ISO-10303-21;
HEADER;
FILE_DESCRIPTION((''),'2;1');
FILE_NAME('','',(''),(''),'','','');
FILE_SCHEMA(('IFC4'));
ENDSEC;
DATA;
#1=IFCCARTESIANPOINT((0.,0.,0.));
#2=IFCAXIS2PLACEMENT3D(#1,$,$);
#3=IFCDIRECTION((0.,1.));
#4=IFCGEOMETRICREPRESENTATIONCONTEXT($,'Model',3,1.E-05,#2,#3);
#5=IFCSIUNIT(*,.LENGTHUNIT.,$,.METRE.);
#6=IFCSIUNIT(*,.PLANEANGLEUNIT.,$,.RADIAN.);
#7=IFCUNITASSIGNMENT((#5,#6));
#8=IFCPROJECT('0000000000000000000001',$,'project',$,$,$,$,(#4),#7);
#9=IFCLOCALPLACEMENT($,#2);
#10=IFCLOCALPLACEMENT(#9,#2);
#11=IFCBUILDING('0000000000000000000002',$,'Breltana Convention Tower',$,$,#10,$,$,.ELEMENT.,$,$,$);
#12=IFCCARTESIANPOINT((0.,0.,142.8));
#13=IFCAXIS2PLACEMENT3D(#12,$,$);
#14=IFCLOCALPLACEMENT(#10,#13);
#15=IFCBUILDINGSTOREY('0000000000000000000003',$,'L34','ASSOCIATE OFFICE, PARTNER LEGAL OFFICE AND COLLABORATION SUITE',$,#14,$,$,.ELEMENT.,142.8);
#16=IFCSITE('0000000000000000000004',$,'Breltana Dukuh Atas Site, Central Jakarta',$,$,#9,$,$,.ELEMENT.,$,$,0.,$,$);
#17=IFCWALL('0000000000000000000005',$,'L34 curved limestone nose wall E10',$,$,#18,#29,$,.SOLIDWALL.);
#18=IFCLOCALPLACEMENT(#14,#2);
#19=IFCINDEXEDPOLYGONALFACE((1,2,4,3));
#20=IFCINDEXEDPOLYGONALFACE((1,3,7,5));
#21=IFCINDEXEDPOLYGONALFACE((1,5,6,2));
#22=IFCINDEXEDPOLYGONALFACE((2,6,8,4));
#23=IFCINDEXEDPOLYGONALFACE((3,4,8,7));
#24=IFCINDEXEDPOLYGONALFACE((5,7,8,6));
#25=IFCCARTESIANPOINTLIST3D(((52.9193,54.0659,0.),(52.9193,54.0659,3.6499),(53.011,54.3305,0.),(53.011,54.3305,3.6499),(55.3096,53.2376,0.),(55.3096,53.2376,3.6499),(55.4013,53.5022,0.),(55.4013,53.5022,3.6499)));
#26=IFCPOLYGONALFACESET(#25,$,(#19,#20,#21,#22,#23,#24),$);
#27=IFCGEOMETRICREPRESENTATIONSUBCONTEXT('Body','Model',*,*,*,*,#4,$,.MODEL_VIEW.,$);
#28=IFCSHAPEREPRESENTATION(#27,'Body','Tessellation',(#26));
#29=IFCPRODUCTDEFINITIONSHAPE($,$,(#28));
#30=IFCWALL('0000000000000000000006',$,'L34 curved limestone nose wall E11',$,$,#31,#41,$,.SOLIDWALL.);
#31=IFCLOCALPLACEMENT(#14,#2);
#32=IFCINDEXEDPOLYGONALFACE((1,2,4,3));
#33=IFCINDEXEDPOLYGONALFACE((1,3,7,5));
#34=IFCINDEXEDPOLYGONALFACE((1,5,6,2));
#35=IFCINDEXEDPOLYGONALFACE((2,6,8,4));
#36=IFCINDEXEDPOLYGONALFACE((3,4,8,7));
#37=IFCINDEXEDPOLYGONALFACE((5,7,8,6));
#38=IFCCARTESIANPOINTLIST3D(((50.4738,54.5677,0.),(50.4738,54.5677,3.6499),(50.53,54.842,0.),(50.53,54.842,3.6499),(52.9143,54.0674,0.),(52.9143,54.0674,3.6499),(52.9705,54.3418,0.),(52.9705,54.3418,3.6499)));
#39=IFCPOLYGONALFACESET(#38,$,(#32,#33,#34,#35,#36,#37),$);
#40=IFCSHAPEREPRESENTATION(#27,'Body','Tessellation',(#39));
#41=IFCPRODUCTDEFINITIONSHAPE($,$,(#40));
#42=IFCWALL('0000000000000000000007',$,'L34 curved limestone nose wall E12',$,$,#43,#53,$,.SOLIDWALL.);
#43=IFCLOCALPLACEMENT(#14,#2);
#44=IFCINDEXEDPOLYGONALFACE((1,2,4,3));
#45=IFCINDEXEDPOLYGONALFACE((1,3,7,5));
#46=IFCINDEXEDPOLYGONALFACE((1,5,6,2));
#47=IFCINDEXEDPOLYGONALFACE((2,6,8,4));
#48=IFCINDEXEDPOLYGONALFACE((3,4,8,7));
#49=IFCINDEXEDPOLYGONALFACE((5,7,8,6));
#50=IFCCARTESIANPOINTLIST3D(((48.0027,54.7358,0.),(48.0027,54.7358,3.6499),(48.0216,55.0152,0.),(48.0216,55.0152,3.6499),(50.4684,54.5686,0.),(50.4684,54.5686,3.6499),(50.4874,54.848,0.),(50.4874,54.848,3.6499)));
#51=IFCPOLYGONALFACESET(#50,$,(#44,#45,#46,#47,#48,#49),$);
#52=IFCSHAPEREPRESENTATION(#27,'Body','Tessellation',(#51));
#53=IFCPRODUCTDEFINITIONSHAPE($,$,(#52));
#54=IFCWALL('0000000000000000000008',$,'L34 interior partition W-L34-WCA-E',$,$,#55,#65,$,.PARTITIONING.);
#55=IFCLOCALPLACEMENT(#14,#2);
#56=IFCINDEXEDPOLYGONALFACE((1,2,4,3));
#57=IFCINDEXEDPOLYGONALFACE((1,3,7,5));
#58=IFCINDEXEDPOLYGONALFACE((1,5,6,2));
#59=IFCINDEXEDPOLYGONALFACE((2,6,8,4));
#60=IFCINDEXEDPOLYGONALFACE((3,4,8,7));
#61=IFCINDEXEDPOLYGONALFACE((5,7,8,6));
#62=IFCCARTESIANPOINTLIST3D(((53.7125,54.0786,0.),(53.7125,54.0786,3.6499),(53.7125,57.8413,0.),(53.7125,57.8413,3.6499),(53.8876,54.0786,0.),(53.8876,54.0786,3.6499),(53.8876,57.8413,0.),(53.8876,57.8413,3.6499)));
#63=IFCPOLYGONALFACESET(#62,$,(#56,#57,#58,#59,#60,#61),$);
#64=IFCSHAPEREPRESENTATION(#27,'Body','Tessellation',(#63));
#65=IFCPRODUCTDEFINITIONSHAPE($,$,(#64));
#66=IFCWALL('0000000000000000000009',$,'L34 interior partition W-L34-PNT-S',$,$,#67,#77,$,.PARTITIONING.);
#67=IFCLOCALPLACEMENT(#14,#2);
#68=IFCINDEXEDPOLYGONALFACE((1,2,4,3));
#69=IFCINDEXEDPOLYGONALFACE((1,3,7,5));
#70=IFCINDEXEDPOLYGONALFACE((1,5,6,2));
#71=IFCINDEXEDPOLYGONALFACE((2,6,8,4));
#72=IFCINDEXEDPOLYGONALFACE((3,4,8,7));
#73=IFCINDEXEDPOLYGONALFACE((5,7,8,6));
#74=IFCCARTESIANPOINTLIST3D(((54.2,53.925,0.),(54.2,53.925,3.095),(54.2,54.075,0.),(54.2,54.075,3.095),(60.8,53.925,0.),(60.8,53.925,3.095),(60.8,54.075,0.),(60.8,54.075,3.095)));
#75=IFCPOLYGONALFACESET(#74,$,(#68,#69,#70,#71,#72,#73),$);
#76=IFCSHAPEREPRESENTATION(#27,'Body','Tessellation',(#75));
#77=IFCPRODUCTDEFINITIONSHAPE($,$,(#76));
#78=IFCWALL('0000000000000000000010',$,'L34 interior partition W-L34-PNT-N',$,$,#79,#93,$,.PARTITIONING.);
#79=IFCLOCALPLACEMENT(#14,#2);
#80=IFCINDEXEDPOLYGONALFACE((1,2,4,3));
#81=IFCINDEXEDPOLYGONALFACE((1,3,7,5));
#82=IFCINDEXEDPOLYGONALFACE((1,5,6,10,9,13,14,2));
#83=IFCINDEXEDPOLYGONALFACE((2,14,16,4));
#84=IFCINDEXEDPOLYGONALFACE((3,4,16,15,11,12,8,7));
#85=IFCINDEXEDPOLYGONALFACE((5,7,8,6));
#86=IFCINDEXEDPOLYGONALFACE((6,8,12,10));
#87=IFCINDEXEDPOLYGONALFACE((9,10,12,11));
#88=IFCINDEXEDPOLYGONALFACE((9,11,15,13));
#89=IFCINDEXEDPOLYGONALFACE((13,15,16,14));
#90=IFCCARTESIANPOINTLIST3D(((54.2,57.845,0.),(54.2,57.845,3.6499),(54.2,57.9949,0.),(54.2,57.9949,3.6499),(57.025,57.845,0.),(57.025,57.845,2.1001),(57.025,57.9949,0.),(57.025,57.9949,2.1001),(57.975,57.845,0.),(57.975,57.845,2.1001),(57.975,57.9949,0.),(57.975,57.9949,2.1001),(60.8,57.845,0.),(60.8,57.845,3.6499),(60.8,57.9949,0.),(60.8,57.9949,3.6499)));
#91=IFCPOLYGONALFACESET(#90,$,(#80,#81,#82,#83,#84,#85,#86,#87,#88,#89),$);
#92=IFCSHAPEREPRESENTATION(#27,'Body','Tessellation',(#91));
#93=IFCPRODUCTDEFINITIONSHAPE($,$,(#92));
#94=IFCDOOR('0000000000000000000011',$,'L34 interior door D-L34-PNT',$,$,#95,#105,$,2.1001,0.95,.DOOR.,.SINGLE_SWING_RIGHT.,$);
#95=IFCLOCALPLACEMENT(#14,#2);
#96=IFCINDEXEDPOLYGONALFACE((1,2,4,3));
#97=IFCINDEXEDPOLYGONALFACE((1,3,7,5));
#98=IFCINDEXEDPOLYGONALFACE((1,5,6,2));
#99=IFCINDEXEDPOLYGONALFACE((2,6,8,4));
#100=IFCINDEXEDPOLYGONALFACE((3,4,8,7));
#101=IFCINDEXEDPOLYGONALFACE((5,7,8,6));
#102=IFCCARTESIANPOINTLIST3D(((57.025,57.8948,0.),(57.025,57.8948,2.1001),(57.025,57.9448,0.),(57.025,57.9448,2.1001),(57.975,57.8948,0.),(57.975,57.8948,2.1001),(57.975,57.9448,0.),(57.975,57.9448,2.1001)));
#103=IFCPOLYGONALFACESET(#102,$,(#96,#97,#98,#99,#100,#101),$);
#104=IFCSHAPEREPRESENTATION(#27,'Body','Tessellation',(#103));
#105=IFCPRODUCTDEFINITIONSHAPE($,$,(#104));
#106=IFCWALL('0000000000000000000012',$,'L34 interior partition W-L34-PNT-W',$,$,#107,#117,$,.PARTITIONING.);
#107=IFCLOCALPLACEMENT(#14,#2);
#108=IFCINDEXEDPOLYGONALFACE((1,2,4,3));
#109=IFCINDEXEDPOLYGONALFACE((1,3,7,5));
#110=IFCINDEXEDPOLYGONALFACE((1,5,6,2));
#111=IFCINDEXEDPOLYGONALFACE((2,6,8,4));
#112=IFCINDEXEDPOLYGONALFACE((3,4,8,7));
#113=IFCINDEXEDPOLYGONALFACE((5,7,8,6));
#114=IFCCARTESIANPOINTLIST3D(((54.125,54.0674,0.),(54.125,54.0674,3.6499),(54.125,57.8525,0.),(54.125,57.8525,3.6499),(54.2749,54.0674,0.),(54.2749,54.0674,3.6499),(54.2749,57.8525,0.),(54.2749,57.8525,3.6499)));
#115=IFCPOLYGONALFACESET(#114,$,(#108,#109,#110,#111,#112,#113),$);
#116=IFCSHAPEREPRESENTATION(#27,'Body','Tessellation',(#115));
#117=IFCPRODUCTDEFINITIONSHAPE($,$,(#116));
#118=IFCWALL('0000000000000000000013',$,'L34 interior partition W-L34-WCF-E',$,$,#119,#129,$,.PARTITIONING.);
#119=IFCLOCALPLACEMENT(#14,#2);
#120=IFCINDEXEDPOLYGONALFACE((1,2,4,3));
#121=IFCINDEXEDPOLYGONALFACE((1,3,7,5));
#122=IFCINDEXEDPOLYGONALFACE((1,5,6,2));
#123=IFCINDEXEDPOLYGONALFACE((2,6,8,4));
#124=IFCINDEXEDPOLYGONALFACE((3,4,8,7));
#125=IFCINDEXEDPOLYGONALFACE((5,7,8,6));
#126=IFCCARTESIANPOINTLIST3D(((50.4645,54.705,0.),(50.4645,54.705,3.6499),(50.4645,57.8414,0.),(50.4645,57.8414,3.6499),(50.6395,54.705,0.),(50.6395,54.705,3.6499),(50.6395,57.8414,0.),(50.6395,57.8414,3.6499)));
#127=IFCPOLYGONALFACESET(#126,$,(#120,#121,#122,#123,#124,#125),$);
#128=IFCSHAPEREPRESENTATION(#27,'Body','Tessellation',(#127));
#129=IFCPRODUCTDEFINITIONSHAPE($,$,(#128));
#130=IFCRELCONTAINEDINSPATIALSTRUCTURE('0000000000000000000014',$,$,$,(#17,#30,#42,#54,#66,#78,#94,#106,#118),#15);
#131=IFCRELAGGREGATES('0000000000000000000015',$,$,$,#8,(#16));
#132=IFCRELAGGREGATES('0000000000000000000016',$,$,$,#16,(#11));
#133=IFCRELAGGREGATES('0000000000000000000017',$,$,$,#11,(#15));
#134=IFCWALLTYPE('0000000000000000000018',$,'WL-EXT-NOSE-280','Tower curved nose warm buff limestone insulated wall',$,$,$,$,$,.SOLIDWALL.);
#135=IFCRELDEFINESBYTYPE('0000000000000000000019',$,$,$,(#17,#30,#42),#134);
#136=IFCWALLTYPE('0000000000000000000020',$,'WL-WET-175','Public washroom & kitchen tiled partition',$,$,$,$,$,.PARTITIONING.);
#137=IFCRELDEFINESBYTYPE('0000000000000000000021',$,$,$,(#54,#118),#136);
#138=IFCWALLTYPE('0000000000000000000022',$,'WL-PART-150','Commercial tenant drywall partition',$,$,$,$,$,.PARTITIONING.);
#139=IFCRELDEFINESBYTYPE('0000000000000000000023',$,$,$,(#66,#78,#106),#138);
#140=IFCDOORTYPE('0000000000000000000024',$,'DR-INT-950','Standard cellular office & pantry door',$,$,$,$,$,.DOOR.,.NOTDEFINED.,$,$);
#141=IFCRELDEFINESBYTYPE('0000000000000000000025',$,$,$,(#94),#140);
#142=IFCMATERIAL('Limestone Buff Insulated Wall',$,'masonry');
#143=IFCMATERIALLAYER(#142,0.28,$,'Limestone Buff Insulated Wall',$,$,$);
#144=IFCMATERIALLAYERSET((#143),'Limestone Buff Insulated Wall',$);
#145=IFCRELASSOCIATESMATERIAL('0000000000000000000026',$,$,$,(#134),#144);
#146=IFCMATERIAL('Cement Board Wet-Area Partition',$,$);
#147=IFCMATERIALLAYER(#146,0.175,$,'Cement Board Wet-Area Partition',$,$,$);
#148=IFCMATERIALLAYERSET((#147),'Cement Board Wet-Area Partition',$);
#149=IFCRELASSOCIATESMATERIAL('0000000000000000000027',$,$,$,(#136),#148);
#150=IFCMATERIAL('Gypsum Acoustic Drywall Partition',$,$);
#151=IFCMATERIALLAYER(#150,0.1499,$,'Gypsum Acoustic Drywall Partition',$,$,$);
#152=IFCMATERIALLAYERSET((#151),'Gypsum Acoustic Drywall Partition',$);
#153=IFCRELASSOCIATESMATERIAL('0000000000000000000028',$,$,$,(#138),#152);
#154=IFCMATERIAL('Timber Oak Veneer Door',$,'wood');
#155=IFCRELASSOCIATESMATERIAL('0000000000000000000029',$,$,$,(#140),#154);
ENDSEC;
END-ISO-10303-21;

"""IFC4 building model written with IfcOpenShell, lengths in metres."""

from ifc_helpers import new_model, si_unit, direction, frame, frame_2d, origin, place, context, subcontext, project, spatial, rectangle, extrude, source, transform, mapped, material, layer, layer_set, type_object, type_shapes, element, fill, save


model = new_model("IFC4")

# Units and contexts
model_context = context("Model", 3, precision=1e-05, world=origin(), true_north=direction((0.0, 1.0)))
body_context = subcontext(model_context, "Body", "Model", "MODEL_VIEW")
ifc_project = project(units=[si_unit("LENGTHUNIT", "METRE"), si_unit("PLANEANGLEUNIT", "RADIAN")], contexts=[model_context])

# Site, building, storey
site_placement = place(None, origin())
site = spatial("IfcSite", under=ifc_project, at=site_placement, Name="Breltana Dukuh Atas Site, Central Jakarta", CompositionType="ELEMENT", RefElevation=0.0)
building_placement = place(site_placement, origin())
building = spatial("IfcBuilding", under=site, at=building_placement, Name="Breltana Convention Tower", CompositionType="ELEMENT")
storey_placement = place(building_placement, frame((0.0, 0.0, 142.8)))
storey = spatial("IfcBuildingStorey", under=building, at=storey_placement, Name="L34", Description="ASSOCIATE OFFICE, PARTNER LEGAL OFFICE AND COLLABORATION SUITE", CompositionType="ELEMENT", Elevation=142.8)

# Walls
ifc_material_1 = material(Name="Limestone Buff Insulated Wall", Category="masonry")
ifc_layer_1 = layer(ifc_material_1, 0.28, Name="Limestone Buff Insulated Wall")
ifc_layer_set_1 = layer_set([ifc_layer_1], Name="Limestone Buff Insulated Wall")
wall_type_1 = type_object("IfcWallType", Name="WL-EXT-NOSE-280", Description="Tower curved nose warm buff limestone insulated wall", PredefinedType="SOLIDWALL", material=ifc_layer_set_1)
shared_shape_1 = source(origin(), body_context, "Body", "SweptSolid", [
    extrude(rectangle(XDim=2.5298, YDim=0.28, at=frame_2d((1.2649, 0.0))), origin(), (0.0, 0.0, 1.0), 3.6499),
])
wall_1_placement = place(storey_placement, frame((55.3555, 53.3699, 0.0), z_axis=(0.0, 0.0, 1.0), x_axis=(-0.944872, 0.327439, 0.0)))
element("IfcWall", 1, at=wall_1_placement, inside=storey, type_object=wall_type_1, Name="L34 curved limestone nose wall E10", PredefinedType="SOLIDWALL", context=body_context, shape_type="MappedRepresentation", body=[
    mapped(shared_shape_1, transform((0.0, 0.0, 0.0), scale=1.0)),
])
shared_shape_2 = source(origin(), body_context, "Body", "SweptSolid", [
    extrude(rectangle(XDim=2.4912, YDim=0.28, at=frame_2d((1.2456, 0.0))), origin(), (0.0, 0.0, 1.0), 3.6499),
])
wall_2_placement = place(storey_placement, frame((52.9424, 54.2046, 0.0), z_axis=(0.0, 0.0, 1.0), x_axis=(-0.979631, 0.200807, 0.0)))
element("IfcWall", 2, at=wall_2_placement, inside=storey, type_object=wall_type_1, Name="L34 curved limestone nose wall E11", PredefinedType="SOLIDWALL", context=body_context, shape_type="MappedRepresentation", body=[
    mapped(shared_shape_2, transform((0.0, 0.0, 0.0), scale=1.0)),
])
shared_shape_3 = source(origin(), body_context, "Body", "SweptSolid", [
    extrude(rectangle(XDim=2.4714, YDim=0.28, at=frame_2d((1.2358, 0.0))), origin(), (0.0, 0.0, 1.0), 3.6499),
])
wall_3_placement = place(storey_placement, frame((50.478, 54.7083, 0.0), z_axis=(0.0, 0.0, 1.0), x_axis=(-0.997708, 0.067666, 0.0)))
element("IfcWall", 3, at=wall_3_placement, inside=storey, type_object=wall_type_1, Name="L34 curved limestone nose wall E12", PredefinedType="SOLIDWALL", context=body_context, shape_type="MappedRepresentation", body=[
    mapped(shared_shape_3, transform((0.0, 0.0, 0.0), scale=1.0)),
])
ifc_material_2 = material(Name="Cement Board Wet-Area Partition")
ifc_layer_2 = layer(ifc_material_2, 0.175, Name="Cement Board Wet-Area Partition")
ifc_layer_set_2 = layer_set([ifc_layer_2], Name="Cement Board Wet-Area Partition")
wall_type_2 = type_object("IfcWallType", Name="WL-WET-175", Description="Public washroom & kitchen tiled partition", PredefinedType="PARTITIONING", material=ifc_layer_set_2)
shared_shape_4 = source(origin(), body_context, "Body", "SweptSolid", [
    extrude(rectangle(XDim=3.7627, YDim=0.175, at=frame_2d((1.8813, 0.0))), origin(), (0.0, 0.0, 1.0), 3.6499),
])
wall_4_placement = place(storey_placement, frame((53.8, 54.0786, 0.0), z_axis=(0.0, 0.0, 1.0), x_axis=(0.0, 1.0, 0.0)))
element("IfcWall", 4, at=wall_4_placement, inside=storey, type_object=wall_type_2, Name="L34 interior partition W-L34-WCA-E", PredefinedType="PARTITIONING", context=body_context, shape_type="MappedRepresentation", body=[
    mapped(shared_shape_4, transform((0.0, 0.0, 0.0), scale=1.0)),
])

# Wall
ifc_material_3 = material(Name="Gypsum Acoustic Drywall Partition")
ifc_layer_3 = layer(ifc_material_3, 0.1499, Name="Gypsum Acoustic Drywall Partition")
ifc_layer_set_3 = layer_set([ifc_layer_3], Name="Gypsum Acoustic Drywall Partition")
wall_type_3 = type_object("IfcWallType", Name="WL-PART-150", Description="Commercial tenant drywall partition", PredefinedType="PARTITIONING", material=ifc_layer_set_3)
shared_shape_5 = source(origin(), body_context, "Body", "SweptSolid", [
    extrude(rectangle(XDim=6.6001, YDim=0.1499, at=frame_2d((3.3, 0.0))), origin(), (0.0, 0.0, 1.0), 3.095),
])
wall_5_placement = place(storey_placement, frame((54.2, 54.0, 0.0), z_axis=(0.0, 0.0, 1.0), x_axis=(1.0, 0.0, 0.0)))
element("IfcWall", 5, at=wall_5_placement, inside=storey, type_object=wall_type_3, Name="L34 interior partition W-L34-PNT-S", PredefinedType="PARTITIONING", context=body_context, shape_type="MappedRepresentation", body=[
    mapped(shared_shape_5, transform((0.0, 0.0, 0.0), scale=1.0)),
])

# Wall, opening, door
shared_shape_6 = source(origin(), body_context, "Body", "SweptSolid", [
    extrude(rectangle(XDim=6.6001, YDim=0.1499, at=frame_2d((3.3, 0.0))), origin(), (0.0, 0.0, 1.0), 3.6499),
])
wall_6_placement = place(storey_placement, frame((54.2, 57.9199, 0.0), z_axis=(0.0, 0.0, 1.0), x_axis=(1.0, 0.0, 0.0)))
wall_6 = element("IfcWall", 6, at=wall_6_placement, inside=storey, type_object=wall_type_3, Name="L34 interior partition W-L34-PNT-N", PredefinedType="PARTITIONING", context=body_context, shape_type="MappedRepresentation", body=[
    mapped(shared_shape_6, transform((0.0, 0.0, 0.0), scale=1.0)),
])
opening_1_placement = place(wall_6_placement, frame((2.825, 0.0, 0.0)))
opening_1 = element("IfcOpeningElement", 7, at=opening_1_placement, cuts=wall_6, PredefinedType="OPENING", context=body_context, shape_type="SweptSolid", body=[
    extrude(rectangle(XDim=0.95, YDim=2.1001, at=frame_2d((0.4751, 1.05))), frame((0.0, 0.085, 0.0), z_axis=(0.0, -1.0, 0.0), x_axis=(1.0, 0.0, 0.0)), (0.0, 0.0, 1.0), 0.1699),
])
ifc_material_4 = material(Name="Timber Oak Veneer Door", Category="wood")
door_type_1 = type_object("IfcDoorType", Name="DR-INT-950", Description="Standard cellular office & pantry door", OperationType="NOTDEFINED", PredefinedType="DOOR", material=ifc_material_4)
shared_shape_7 = source(origin(), body_context, "Body", "SweptSolid", [
    extrude(rectangle(XDim=0.95, YDim=2.1001, at=frame_2d((0.4751, 1.05))), frame((0.0, 0.0249, 0.0), z_axis=(0.0, -1.0, 0.0), x_axis=(1.0, 0.0, 0.0)), (0.0, 0.0, 1.0), 0.05),
])
type_shapes(door_type_1, [shared_shape_7])
door_1_placement = place(opening_1_placement, origin())
door_1 = element("IfcDoor", 8, at=door_1_placement, inside=storey, type_object=door_type_1, Name="L34 interior door D-L34-PNT", OperationType="SINGLE_SWING_RIGHT", OverallHeight=2.1001, OverallWidth=0.95, PredefinedType="DOOR", context=body_context, shape_type="MappedRepresentation", body=[
    mapped(shared_shape_7, transform((0.0, 0.0, 0.0), scale=1.0)),
])
fill(opening_1, door_1)

# Walls
shared_shape_8 = source(origin(), body_context, "Body", "SweptSolid", [
    extrude(rectangle(XDim=3.7852, YDim=0.1499, at=frame_2d((1.8926, 0.0))), origin(), (0.0, 0.0, 1.0), 3.6499),
])
wall_7_placement = place(storey_placement, frame((54.2, 54.0674, 0.0), z_axis=(0.0, 0.0, 1.0), x_axis=(0.0, 1.0, 0.0)))
element("IfcWall", 9, at=wall_7_placement, inside=storey, type_object=wall_type_3, Name="L34 interior partition W-L34-PNT-W", PredefinedType="PARTITIONING", context=body_context, shape_type="MappedRepresentation", body=[
    mapped(shared_shape_8, transform((0.0, 0.0, 0.0), scale=1.0)),
])
shared_shape_9 = source(origin(), body_context, "Body", "SweptSolid", [
    extrude(rectangle(XDim=3.1365, YDim=0.175, at=frame_2d((1.5684, 0.0))), origin(), (0.0, 0.0, 1.0), 3.6499),
])
wall_8_placement = place(storey_placement, frame((50.552, 54.7048, 0.0), z_axis=(0.0, 0.0, 1.0), x_axis=(0.0, 1.0, 0.0)))
element("IfcWall", 10, at=wall_8_placement, inside=storey, type_object=wall_type_2, Name="L34 interior partition W-L34-WCF-E", PredefinedType="PARTITIONING", context=body_context, shape_type="MappedRepresentation", body=[
    mapped(shared_shape_9, transform((0.0, 0.0, 0.0), scale=1.0)),
])

save(model, "model.ifc")
